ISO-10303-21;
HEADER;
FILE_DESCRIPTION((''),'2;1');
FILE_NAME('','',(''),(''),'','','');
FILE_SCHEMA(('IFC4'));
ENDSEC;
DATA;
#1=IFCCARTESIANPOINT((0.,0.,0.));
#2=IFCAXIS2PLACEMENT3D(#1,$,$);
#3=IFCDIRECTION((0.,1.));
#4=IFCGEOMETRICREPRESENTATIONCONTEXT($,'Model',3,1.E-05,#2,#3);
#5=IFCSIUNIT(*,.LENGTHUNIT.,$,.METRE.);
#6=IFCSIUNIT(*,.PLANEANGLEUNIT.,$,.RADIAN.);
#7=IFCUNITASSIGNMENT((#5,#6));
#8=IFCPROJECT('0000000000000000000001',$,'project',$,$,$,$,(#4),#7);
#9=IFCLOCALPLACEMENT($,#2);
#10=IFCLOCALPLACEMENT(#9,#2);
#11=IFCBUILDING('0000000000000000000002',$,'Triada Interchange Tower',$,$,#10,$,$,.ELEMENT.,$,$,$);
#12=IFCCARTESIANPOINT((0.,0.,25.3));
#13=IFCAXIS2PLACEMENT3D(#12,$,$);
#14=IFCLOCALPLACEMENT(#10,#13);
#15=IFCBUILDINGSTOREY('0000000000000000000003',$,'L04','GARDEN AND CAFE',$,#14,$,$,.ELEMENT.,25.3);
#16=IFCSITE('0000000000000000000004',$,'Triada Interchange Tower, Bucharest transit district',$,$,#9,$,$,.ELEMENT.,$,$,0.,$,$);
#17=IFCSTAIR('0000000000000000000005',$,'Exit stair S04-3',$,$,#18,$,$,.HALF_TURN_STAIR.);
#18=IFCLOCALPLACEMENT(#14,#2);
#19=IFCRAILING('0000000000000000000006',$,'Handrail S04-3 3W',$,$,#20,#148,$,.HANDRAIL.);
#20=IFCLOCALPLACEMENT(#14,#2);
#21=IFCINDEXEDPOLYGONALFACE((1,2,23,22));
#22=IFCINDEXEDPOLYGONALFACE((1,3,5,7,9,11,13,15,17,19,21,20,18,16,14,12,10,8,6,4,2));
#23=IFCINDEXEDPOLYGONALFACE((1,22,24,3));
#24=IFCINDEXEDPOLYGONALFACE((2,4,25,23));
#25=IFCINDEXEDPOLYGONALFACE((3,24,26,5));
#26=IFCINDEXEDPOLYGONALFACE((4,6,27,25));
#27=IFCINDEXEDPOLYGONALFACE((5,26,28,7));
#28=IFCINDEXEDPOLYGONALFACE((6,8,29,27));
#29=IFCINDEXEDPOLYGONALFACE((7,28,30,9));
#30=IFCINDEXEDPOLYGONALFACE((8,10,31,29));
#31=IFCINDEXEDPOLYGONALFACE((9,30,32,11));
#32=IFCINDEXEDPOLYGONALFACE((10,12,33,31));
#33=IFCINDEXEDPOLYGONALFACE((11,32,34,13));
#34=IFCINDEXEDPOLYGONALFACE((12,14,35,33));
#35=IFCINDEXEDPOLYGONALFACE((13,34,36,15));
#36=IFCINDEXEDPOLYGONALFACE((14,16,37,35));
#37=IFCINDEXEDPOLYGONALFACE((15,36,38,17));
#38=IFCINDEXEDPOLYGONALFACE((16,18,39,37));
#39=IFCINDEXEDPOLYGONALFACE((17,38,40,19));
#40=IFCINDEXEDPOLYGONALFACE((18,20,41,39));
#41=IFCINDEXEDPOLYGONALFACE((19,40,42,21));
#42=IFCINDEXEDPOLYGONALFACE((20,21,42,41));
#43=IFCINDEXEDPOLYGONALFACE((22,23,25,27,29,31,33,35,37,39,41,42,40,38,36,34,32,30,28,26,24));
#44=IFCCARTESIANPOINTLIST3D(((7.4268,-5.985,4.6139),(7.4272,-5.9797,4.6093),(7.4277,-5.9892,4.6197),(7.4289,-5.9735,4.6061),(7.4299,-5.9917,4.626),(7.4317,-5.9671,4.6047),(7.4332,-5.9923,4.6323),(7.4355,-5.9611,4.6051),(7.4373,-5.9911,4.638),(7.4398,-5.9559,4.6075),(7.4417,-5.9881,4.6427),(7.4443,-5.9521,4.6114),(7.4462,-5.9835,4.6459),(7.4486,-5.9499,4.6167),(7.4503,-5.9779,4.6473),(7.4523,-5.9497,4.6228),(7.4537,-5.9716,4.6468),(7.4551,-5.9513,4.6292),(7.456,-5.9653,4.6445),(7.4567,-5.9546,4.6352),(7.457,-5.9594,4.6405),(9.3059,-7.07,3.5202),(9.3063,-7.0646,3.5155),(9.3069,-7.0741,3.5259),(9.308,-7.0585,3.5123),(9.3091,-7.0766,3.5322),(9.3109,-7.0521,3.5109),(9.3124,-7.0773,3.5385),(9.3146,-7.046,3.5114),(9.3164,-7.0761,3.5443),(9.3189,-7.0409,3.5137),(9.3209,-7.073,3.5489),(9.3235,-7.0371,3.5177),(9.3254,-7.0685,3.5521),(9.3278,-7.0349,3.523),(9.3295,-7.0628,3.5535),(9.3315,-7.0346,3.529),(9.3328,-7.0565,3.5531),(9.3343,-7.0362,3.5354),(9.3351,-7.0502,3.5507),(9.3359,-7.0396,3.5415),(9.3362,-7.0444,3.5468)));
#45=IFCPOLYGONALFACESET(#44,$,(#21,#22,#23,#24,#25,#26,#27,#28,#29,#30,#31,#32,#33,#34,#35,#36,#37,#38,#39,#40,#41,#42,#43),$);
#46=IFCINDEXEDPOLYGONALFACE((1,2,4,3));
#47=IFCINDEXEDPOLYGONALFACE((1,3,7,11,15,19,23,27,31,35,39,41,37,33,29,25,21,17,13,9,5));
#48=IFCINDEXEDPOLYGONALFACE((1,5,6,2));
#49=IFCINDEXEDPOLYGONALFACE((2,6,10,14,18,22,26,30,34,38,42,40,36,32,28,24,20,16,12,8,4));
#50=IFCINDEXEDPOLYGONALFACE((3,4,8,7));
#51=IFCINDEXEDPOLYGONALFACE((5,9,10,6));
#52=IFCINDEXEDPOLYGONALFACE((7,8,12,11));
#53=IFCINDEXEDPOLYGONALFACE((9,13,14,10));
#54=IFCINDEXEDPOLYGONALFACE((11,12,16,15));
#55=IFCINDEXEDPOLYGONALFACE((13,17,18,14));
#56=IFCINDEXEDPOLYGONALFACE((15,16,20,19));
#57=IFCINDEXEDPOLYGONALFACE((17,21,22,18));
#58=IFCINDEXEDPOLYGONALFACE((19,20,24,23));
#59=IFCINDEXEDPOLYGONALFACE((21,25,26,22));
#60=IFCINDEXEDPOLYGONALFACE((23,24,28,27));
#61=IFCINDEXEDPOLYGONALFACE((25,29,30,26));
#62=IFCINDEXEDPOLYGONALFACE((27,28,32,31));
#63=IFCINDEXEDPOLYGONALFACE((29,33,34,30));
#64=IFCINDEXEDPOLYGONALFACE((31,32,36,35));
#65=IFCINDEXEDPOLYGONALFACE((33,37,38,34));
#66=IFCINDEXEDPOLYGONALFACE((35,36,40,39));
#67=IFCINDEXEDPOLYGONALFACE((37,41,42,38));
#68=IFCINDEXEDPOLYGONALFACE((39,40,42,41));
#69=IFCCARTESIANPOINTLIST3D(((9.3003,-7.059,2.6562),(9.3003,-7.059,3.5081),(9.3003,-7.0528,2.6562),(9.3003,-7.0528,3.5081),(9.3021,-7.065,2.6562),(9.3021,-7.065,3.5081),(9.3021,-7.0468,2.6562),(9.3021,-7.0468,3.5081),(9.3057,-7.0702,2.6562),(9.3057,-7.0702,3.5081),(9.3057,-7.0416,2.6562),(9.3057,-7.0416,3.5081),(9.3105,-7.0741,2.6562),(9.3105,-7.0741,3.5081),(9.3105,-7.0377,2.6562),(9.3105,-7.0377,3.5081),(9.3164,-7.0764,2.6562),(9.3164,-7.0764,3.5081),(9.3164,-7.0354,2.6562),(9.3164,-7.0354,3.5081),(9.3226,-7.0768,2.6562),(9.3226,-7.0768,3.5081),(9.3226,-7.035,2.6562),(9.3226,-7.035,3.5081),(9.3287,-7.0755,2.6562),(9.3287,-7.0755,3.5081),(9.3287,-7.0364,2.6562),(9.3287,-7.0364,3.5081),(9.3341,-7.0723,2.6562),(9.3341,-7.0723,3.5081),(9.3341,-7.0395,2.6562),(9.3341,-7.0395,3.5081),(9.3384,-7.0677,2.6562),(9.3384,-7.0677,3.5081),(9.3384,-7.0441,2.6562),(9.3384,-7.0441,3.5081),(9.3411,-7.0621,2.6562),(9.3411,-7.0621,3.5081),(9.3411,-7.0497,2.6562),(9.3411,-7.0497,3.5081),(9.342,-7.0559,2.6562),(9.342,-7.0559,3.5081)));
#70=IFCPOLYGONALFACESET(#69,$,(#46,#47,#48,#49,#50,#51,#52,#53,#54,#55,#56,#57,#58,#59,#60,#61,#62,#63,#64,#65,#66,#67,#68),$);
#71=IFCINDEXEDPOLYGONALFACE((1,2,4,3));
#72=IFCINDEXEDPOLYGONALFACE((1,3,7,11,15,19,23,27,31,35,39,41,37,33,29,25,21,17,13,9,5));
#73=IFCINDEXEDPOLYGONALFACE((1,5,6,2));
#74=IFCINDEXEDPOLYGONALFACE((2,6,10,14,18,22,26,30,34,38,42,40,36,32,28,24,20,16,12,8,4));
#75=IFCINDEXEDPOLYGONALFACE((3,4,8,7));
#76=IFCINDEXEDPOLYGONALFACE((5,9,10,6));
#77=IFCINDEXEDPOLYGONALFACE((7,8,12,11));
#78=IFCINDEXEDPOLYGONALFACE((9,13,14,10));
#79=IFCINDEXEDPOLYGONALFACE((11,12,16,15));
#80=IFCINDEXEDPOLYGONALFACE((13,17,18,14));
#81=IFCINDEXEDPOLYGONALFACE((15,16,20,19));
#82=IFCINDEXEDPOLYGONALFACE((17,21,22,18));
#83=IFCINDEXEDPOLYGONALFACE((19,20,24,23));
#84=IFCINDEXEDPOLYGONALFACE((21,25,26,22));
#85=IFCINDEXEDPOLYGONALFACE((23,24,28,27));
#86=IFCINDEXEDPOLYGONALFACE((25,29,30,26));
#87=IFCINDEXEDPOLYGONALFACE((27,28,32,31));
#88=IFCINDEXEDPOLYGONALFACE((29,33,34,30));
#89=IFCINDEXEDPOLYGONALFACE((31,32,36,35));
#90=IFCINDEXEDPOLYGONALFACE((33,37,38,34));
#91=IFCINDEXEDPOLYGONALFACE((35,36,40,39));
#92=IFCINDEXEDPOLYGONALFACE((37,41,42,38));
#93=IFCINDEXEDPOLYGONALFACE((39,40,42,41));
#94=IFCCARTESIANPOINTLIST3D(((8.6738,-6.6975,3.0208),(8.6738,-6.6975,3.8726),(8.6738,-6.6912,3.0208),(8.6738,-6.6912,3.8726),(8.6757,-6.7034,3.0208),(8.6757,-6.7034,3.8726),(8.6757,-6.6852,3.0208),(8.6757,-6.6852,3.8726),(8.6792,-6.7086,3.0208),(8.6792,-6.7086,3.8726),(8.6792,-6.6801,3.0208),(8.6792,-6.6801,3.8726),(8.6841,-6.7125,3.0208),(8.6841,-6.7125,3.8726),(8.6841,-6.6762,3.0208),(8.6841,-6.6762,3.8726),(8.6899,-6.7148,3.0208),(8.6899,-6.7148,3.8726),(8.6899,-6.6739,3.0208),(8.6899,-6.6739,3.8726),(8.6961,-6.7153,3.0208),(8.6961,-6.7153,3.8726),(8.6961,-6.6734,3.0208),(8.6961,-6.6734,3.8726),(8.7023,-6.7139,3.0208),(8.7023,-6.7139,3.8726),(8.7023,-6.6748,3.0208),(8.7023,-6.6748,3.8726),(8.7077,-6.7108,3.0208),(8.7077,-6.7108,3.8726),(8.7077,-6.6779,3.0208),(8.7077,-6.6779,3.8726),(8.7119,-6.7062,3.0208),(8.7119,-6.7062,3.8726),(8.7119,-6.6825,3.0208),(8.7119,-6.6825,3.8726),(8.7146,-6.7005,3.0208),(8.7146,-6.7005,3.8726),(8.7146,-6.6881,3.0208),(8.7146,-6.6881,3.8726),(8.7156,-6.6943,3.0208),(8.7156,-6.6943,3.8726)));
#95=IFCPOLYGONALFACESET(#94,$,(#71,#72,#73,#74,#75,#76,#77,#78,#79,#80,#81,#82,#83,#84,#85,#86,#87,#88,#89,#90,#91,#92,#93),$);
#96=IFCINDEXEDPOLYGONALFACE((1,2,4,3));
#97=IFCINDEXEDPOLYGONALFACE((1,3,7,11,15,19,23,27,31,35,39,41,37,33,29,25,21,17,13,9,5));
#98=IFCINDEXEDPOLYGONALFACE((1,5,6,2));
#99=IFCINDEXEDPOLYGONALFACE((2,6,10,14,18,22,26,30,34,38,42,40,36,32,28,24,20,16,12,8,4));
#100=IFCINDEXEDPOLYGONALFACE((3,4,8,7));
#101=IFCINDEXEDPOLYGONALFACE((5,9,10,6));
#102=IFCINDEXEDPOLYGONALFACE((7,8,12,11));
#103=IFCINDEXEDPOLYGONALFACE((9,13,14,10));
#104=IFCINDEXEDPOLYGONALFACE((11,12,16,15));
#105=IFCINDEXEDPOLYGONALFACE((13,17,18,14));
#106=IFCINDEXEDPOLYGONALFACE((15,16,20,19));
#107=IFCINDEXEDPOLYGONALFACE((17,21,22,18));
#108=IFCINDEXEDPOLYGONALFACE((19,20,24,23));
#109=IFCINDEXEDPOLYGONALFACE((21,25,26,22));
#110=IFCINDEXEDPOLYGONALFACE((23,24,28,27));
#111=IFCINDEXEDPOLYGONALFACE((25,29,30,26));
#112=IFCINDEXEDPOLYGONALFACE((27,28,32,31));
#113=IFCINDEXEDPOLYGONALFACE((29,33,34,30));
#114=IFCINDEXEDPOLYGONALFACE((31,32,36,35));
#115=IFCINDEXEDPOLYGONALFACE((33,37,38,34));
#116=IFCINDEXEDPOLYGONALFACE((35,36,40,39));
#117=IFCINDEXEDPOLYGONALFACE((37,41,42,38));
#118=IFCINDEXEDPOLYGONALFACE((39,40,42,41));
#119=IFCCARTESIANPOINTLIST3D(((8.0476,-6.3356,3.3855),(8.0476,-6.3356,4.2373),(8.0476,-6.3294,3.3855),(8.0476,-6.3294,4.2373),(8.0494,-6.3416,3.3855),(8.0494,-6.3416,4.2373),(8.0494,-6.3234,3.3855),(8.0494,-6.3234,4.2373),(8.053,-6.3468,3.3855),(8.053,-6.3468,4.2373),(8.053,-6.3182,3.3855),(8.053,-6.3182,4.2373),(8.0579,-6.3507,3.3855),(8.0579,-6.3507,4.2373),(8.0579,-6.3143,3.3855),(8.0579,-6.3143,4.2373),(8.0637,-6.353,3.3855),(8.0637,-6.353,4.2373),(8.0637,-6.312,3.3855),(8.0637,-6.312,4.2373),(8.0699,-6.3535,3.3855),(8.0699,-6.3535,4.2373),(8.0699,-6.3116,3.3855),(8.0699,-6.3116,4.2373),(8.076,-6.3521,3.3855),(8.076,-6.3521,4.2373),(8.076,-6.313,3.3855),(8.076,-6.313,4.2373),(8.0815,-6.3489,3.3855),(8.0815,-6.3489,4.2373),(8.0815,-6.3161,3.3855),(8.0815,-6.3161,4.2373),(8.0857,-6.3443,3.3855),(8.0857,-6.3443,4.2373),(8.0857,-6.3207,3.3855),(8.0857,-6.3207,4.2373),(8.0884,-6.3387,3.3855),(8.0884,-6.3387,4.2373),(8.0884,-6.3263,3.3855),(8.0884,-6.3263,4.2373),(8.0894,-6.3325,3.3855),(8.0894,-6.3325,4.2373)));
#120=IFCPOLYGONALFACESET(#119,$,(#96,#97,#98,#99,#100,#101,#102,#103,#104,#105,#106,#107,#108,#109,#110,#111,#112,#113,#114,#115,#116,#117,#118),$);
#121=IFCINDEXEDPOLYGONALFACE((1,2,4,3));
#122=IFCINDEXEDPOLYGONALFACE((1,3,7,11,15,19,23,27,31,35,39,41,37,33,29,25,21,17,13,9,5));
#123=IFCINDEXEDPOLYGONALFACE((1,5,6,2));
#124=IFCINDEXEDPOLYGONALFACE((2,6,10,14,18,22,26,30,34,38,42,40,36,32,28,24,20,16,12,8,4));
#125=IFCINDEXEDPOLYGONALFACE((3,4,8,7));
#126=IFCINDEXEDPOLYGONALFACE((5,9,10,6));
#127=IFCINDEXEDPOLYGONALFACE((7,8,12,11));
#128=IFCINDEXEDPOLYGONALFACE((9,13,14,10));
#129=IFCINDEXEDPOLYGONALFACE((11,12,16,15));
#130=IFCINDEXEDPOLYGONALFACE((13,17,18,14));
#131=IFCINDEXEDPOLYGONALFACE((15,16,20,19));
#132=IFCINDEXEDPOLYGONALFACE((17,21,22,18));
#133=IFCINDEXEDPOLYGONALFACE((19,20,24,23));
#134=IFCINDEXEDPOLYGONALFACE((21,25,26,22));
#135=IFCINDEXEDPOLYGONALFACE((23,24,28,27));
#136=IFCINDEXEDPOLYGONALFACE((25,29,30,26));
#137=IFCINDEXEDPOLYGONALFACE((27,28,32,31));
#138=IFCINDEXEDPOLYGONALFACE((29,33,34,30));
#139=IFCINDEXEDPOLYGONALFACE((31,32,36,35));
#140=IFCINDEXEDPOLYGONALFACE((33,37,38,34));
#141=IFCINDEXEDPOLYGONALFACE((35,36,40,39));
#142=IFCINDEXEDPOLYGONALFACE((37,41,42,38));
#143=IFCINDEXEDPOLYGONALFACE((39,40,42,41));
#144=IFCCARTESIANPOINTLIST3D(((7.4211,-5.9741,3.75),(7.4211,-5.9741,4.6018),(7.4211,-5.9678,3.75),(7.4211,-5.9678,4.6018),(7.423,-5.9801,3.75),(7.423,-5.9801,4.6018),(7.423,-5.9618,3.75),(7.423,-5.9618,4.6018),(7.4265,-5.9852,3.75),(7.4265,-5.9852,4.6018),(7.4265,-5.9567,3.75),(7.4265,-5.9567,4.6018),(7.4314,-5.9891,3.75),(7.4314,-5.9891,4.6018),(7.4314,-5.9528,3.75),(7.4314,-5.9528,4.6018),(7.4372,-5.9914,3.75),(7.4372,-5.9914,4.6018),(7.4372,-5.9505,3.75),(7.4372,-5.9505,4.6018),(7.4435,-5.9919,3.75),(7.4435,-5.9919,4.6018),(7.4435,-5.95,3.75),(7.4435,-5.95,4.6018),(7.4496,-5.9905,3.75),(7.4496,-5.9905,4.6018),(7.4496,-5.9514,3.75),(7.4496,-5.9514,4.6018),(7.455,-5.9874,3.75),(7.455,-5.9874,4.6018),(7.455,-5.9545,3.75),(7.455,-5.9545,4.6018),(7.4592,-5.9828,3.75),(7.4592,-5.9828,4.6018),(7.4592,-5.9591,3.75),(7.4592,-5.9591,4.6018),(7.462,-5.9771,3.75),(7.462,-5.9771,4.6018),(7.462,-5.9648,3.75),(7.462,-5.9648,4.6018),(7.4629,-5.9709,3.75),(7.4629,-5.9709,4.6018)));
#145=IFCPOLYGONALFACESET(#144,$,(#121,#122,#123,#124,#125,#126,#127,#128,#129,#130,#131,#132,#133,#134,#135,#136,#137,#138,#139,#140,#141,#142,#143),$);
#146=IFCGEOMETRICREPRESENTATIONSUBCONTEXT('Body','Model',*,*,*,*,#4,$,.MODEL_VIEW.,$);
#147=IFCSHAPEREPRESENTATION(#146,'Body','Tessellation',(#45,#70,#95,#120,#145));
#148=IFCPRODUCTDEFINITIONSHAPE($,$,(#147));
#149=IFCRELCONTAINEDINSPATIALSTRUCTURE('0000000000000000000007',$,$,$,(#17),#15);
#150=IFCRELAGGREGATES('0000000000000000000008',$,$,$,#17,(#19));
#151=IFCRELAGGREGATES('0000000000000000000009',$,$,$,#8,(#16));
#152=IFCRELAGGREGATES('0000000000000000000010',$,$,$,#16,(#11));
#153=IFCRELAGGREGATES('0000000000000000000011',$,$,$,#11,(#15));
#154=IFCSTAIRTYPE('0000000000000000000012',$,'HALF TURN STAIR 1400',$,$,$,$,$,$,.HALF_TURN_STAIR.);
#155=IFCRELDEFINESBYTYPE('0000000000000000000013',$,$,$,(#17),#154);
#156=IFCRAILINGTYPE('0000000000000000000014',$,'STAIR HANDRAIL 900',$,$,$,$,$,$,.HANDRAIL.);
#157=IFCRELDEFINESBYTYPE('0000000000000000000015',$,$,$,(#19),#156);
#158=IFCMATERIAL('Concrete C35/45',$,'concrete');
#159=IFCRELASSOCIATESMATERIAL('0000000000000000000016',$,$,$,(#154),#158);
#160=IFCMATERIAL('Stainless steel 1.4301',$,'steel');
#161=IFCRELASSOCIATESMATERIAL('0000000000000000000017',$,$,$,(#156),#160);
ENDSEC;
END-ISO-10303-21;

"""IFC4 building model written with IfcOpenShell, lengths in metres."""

from ifc_helpers import new_model, si_unit, direction, frame, origin, origin_2d, place, context, subcontext, project, spatial, circle, extrude, material, type_object, element, aggregate, save


model = new_model("IFC4")

# Units and contexts
model_context = context("Model", 3, precision=1e-05, world=origin(), true_north=direction((0.0, 1.0)))
body_context = subcontext(model_context, "Body", "Model", "MODEL_VIEW")
ifc_project = project(units=[si_unit("LENGTHUNIT", "METRE"), si_unit("PLANEANGLEUNIT", "RADIAN")], contexts=[model_context])

# Site, building, storey
site_placement = place(None, origin())
site = spatial("IfcSite", under=ifc_project, at=site_placement, Name="Triada Interchange Tower, Bucharest transit district", CompositionType="ELEMENT", RefElevation=0.0)
building_placement = place(site_placement, origin())
building = spatial("IfcBuilding", under=site, at=building_placement, Name="Triada Interchange Tower", CompositionType="ELEMENT")
storey_placement = place(building_placement, frame((0.0, 0.0, 25.3)))
storey = spatial("IfcBuildingStorey", under=building, at=storey_placement, Name="L04", Description="GARDEN AND CAFE", CompositionType="ELEMENT", Elevation=25.3)

# Shared definitions
ifc_material_1 = material(Name="Concrete C35/45", Category="concrete")

# Stair, railing
stair_type = type_object("IfcStairType", Name="HALF TURN STAIR 1400", PredefinedType="HALF_TURN_STAIR", material=ifc_material_1)
stair_placement = place(storey_placement, origin())
stair = element("IfcStair", 1, at=stair_placement, inside=storey, type_object=stair_type, Name="Exit stair S04-3", PredefinedType="HALF_TURN_STAIR")
ifc_material_2 = material(Name="Stainless steel 1.4301", Category="steel")
railing_type_1 = type_object("IfcRailingType", Name="STAIR HANDRAIL 900", PredefinedType="HANDRAIL", material=ifc_material_2)
railing_1_placement = place(storey_placement, frame((9.321, -7.0559, 2.6562)))
railing_1 = element("IfcRailing", 2, at=railing_1_placement, type_object=railing_type_1, Name="Handrail S04-3 3W", PredefinedType="HANDRAIL", context=body_context, shape_type="SweptSolid", body=[
    extrude(circle(Radius=0.0239, at=origin_2d()), frame((0.0, 0.0, 0.876), z_axis=(-0.77333, 0.446496, 0.450113), x_axis=(-0.500011, -0.866019, 0.0)), (0.0, 0.0, 1.0), 2.4299),
    extrude(circle(Radius=0.021, at=origin_2d()), origin(), (0.0, 0.0, 1.0), 0.8518),
    extrude(circle(Radius=0.021, at=origin_2d()), frame((-0.6265, 0.3616, 0.3645)), (0.0, 0.0, 1.0), 0.8518),
    extrude(circle(Radius=0.021, at=origin_2d()), frame((-1.2527, 0.7234, 0.7292)), (0.0, 0.0, 1.0), 0.8518),
    extrude(circle(Radius=0.021, at=origin_2d()), frame((-1.8792, 1.085, 1.0938)), (0.0, 0.0, 1.0), 0.8518),
])
aggregate(stair, [railing_1])

save(model, "model.ifc")
